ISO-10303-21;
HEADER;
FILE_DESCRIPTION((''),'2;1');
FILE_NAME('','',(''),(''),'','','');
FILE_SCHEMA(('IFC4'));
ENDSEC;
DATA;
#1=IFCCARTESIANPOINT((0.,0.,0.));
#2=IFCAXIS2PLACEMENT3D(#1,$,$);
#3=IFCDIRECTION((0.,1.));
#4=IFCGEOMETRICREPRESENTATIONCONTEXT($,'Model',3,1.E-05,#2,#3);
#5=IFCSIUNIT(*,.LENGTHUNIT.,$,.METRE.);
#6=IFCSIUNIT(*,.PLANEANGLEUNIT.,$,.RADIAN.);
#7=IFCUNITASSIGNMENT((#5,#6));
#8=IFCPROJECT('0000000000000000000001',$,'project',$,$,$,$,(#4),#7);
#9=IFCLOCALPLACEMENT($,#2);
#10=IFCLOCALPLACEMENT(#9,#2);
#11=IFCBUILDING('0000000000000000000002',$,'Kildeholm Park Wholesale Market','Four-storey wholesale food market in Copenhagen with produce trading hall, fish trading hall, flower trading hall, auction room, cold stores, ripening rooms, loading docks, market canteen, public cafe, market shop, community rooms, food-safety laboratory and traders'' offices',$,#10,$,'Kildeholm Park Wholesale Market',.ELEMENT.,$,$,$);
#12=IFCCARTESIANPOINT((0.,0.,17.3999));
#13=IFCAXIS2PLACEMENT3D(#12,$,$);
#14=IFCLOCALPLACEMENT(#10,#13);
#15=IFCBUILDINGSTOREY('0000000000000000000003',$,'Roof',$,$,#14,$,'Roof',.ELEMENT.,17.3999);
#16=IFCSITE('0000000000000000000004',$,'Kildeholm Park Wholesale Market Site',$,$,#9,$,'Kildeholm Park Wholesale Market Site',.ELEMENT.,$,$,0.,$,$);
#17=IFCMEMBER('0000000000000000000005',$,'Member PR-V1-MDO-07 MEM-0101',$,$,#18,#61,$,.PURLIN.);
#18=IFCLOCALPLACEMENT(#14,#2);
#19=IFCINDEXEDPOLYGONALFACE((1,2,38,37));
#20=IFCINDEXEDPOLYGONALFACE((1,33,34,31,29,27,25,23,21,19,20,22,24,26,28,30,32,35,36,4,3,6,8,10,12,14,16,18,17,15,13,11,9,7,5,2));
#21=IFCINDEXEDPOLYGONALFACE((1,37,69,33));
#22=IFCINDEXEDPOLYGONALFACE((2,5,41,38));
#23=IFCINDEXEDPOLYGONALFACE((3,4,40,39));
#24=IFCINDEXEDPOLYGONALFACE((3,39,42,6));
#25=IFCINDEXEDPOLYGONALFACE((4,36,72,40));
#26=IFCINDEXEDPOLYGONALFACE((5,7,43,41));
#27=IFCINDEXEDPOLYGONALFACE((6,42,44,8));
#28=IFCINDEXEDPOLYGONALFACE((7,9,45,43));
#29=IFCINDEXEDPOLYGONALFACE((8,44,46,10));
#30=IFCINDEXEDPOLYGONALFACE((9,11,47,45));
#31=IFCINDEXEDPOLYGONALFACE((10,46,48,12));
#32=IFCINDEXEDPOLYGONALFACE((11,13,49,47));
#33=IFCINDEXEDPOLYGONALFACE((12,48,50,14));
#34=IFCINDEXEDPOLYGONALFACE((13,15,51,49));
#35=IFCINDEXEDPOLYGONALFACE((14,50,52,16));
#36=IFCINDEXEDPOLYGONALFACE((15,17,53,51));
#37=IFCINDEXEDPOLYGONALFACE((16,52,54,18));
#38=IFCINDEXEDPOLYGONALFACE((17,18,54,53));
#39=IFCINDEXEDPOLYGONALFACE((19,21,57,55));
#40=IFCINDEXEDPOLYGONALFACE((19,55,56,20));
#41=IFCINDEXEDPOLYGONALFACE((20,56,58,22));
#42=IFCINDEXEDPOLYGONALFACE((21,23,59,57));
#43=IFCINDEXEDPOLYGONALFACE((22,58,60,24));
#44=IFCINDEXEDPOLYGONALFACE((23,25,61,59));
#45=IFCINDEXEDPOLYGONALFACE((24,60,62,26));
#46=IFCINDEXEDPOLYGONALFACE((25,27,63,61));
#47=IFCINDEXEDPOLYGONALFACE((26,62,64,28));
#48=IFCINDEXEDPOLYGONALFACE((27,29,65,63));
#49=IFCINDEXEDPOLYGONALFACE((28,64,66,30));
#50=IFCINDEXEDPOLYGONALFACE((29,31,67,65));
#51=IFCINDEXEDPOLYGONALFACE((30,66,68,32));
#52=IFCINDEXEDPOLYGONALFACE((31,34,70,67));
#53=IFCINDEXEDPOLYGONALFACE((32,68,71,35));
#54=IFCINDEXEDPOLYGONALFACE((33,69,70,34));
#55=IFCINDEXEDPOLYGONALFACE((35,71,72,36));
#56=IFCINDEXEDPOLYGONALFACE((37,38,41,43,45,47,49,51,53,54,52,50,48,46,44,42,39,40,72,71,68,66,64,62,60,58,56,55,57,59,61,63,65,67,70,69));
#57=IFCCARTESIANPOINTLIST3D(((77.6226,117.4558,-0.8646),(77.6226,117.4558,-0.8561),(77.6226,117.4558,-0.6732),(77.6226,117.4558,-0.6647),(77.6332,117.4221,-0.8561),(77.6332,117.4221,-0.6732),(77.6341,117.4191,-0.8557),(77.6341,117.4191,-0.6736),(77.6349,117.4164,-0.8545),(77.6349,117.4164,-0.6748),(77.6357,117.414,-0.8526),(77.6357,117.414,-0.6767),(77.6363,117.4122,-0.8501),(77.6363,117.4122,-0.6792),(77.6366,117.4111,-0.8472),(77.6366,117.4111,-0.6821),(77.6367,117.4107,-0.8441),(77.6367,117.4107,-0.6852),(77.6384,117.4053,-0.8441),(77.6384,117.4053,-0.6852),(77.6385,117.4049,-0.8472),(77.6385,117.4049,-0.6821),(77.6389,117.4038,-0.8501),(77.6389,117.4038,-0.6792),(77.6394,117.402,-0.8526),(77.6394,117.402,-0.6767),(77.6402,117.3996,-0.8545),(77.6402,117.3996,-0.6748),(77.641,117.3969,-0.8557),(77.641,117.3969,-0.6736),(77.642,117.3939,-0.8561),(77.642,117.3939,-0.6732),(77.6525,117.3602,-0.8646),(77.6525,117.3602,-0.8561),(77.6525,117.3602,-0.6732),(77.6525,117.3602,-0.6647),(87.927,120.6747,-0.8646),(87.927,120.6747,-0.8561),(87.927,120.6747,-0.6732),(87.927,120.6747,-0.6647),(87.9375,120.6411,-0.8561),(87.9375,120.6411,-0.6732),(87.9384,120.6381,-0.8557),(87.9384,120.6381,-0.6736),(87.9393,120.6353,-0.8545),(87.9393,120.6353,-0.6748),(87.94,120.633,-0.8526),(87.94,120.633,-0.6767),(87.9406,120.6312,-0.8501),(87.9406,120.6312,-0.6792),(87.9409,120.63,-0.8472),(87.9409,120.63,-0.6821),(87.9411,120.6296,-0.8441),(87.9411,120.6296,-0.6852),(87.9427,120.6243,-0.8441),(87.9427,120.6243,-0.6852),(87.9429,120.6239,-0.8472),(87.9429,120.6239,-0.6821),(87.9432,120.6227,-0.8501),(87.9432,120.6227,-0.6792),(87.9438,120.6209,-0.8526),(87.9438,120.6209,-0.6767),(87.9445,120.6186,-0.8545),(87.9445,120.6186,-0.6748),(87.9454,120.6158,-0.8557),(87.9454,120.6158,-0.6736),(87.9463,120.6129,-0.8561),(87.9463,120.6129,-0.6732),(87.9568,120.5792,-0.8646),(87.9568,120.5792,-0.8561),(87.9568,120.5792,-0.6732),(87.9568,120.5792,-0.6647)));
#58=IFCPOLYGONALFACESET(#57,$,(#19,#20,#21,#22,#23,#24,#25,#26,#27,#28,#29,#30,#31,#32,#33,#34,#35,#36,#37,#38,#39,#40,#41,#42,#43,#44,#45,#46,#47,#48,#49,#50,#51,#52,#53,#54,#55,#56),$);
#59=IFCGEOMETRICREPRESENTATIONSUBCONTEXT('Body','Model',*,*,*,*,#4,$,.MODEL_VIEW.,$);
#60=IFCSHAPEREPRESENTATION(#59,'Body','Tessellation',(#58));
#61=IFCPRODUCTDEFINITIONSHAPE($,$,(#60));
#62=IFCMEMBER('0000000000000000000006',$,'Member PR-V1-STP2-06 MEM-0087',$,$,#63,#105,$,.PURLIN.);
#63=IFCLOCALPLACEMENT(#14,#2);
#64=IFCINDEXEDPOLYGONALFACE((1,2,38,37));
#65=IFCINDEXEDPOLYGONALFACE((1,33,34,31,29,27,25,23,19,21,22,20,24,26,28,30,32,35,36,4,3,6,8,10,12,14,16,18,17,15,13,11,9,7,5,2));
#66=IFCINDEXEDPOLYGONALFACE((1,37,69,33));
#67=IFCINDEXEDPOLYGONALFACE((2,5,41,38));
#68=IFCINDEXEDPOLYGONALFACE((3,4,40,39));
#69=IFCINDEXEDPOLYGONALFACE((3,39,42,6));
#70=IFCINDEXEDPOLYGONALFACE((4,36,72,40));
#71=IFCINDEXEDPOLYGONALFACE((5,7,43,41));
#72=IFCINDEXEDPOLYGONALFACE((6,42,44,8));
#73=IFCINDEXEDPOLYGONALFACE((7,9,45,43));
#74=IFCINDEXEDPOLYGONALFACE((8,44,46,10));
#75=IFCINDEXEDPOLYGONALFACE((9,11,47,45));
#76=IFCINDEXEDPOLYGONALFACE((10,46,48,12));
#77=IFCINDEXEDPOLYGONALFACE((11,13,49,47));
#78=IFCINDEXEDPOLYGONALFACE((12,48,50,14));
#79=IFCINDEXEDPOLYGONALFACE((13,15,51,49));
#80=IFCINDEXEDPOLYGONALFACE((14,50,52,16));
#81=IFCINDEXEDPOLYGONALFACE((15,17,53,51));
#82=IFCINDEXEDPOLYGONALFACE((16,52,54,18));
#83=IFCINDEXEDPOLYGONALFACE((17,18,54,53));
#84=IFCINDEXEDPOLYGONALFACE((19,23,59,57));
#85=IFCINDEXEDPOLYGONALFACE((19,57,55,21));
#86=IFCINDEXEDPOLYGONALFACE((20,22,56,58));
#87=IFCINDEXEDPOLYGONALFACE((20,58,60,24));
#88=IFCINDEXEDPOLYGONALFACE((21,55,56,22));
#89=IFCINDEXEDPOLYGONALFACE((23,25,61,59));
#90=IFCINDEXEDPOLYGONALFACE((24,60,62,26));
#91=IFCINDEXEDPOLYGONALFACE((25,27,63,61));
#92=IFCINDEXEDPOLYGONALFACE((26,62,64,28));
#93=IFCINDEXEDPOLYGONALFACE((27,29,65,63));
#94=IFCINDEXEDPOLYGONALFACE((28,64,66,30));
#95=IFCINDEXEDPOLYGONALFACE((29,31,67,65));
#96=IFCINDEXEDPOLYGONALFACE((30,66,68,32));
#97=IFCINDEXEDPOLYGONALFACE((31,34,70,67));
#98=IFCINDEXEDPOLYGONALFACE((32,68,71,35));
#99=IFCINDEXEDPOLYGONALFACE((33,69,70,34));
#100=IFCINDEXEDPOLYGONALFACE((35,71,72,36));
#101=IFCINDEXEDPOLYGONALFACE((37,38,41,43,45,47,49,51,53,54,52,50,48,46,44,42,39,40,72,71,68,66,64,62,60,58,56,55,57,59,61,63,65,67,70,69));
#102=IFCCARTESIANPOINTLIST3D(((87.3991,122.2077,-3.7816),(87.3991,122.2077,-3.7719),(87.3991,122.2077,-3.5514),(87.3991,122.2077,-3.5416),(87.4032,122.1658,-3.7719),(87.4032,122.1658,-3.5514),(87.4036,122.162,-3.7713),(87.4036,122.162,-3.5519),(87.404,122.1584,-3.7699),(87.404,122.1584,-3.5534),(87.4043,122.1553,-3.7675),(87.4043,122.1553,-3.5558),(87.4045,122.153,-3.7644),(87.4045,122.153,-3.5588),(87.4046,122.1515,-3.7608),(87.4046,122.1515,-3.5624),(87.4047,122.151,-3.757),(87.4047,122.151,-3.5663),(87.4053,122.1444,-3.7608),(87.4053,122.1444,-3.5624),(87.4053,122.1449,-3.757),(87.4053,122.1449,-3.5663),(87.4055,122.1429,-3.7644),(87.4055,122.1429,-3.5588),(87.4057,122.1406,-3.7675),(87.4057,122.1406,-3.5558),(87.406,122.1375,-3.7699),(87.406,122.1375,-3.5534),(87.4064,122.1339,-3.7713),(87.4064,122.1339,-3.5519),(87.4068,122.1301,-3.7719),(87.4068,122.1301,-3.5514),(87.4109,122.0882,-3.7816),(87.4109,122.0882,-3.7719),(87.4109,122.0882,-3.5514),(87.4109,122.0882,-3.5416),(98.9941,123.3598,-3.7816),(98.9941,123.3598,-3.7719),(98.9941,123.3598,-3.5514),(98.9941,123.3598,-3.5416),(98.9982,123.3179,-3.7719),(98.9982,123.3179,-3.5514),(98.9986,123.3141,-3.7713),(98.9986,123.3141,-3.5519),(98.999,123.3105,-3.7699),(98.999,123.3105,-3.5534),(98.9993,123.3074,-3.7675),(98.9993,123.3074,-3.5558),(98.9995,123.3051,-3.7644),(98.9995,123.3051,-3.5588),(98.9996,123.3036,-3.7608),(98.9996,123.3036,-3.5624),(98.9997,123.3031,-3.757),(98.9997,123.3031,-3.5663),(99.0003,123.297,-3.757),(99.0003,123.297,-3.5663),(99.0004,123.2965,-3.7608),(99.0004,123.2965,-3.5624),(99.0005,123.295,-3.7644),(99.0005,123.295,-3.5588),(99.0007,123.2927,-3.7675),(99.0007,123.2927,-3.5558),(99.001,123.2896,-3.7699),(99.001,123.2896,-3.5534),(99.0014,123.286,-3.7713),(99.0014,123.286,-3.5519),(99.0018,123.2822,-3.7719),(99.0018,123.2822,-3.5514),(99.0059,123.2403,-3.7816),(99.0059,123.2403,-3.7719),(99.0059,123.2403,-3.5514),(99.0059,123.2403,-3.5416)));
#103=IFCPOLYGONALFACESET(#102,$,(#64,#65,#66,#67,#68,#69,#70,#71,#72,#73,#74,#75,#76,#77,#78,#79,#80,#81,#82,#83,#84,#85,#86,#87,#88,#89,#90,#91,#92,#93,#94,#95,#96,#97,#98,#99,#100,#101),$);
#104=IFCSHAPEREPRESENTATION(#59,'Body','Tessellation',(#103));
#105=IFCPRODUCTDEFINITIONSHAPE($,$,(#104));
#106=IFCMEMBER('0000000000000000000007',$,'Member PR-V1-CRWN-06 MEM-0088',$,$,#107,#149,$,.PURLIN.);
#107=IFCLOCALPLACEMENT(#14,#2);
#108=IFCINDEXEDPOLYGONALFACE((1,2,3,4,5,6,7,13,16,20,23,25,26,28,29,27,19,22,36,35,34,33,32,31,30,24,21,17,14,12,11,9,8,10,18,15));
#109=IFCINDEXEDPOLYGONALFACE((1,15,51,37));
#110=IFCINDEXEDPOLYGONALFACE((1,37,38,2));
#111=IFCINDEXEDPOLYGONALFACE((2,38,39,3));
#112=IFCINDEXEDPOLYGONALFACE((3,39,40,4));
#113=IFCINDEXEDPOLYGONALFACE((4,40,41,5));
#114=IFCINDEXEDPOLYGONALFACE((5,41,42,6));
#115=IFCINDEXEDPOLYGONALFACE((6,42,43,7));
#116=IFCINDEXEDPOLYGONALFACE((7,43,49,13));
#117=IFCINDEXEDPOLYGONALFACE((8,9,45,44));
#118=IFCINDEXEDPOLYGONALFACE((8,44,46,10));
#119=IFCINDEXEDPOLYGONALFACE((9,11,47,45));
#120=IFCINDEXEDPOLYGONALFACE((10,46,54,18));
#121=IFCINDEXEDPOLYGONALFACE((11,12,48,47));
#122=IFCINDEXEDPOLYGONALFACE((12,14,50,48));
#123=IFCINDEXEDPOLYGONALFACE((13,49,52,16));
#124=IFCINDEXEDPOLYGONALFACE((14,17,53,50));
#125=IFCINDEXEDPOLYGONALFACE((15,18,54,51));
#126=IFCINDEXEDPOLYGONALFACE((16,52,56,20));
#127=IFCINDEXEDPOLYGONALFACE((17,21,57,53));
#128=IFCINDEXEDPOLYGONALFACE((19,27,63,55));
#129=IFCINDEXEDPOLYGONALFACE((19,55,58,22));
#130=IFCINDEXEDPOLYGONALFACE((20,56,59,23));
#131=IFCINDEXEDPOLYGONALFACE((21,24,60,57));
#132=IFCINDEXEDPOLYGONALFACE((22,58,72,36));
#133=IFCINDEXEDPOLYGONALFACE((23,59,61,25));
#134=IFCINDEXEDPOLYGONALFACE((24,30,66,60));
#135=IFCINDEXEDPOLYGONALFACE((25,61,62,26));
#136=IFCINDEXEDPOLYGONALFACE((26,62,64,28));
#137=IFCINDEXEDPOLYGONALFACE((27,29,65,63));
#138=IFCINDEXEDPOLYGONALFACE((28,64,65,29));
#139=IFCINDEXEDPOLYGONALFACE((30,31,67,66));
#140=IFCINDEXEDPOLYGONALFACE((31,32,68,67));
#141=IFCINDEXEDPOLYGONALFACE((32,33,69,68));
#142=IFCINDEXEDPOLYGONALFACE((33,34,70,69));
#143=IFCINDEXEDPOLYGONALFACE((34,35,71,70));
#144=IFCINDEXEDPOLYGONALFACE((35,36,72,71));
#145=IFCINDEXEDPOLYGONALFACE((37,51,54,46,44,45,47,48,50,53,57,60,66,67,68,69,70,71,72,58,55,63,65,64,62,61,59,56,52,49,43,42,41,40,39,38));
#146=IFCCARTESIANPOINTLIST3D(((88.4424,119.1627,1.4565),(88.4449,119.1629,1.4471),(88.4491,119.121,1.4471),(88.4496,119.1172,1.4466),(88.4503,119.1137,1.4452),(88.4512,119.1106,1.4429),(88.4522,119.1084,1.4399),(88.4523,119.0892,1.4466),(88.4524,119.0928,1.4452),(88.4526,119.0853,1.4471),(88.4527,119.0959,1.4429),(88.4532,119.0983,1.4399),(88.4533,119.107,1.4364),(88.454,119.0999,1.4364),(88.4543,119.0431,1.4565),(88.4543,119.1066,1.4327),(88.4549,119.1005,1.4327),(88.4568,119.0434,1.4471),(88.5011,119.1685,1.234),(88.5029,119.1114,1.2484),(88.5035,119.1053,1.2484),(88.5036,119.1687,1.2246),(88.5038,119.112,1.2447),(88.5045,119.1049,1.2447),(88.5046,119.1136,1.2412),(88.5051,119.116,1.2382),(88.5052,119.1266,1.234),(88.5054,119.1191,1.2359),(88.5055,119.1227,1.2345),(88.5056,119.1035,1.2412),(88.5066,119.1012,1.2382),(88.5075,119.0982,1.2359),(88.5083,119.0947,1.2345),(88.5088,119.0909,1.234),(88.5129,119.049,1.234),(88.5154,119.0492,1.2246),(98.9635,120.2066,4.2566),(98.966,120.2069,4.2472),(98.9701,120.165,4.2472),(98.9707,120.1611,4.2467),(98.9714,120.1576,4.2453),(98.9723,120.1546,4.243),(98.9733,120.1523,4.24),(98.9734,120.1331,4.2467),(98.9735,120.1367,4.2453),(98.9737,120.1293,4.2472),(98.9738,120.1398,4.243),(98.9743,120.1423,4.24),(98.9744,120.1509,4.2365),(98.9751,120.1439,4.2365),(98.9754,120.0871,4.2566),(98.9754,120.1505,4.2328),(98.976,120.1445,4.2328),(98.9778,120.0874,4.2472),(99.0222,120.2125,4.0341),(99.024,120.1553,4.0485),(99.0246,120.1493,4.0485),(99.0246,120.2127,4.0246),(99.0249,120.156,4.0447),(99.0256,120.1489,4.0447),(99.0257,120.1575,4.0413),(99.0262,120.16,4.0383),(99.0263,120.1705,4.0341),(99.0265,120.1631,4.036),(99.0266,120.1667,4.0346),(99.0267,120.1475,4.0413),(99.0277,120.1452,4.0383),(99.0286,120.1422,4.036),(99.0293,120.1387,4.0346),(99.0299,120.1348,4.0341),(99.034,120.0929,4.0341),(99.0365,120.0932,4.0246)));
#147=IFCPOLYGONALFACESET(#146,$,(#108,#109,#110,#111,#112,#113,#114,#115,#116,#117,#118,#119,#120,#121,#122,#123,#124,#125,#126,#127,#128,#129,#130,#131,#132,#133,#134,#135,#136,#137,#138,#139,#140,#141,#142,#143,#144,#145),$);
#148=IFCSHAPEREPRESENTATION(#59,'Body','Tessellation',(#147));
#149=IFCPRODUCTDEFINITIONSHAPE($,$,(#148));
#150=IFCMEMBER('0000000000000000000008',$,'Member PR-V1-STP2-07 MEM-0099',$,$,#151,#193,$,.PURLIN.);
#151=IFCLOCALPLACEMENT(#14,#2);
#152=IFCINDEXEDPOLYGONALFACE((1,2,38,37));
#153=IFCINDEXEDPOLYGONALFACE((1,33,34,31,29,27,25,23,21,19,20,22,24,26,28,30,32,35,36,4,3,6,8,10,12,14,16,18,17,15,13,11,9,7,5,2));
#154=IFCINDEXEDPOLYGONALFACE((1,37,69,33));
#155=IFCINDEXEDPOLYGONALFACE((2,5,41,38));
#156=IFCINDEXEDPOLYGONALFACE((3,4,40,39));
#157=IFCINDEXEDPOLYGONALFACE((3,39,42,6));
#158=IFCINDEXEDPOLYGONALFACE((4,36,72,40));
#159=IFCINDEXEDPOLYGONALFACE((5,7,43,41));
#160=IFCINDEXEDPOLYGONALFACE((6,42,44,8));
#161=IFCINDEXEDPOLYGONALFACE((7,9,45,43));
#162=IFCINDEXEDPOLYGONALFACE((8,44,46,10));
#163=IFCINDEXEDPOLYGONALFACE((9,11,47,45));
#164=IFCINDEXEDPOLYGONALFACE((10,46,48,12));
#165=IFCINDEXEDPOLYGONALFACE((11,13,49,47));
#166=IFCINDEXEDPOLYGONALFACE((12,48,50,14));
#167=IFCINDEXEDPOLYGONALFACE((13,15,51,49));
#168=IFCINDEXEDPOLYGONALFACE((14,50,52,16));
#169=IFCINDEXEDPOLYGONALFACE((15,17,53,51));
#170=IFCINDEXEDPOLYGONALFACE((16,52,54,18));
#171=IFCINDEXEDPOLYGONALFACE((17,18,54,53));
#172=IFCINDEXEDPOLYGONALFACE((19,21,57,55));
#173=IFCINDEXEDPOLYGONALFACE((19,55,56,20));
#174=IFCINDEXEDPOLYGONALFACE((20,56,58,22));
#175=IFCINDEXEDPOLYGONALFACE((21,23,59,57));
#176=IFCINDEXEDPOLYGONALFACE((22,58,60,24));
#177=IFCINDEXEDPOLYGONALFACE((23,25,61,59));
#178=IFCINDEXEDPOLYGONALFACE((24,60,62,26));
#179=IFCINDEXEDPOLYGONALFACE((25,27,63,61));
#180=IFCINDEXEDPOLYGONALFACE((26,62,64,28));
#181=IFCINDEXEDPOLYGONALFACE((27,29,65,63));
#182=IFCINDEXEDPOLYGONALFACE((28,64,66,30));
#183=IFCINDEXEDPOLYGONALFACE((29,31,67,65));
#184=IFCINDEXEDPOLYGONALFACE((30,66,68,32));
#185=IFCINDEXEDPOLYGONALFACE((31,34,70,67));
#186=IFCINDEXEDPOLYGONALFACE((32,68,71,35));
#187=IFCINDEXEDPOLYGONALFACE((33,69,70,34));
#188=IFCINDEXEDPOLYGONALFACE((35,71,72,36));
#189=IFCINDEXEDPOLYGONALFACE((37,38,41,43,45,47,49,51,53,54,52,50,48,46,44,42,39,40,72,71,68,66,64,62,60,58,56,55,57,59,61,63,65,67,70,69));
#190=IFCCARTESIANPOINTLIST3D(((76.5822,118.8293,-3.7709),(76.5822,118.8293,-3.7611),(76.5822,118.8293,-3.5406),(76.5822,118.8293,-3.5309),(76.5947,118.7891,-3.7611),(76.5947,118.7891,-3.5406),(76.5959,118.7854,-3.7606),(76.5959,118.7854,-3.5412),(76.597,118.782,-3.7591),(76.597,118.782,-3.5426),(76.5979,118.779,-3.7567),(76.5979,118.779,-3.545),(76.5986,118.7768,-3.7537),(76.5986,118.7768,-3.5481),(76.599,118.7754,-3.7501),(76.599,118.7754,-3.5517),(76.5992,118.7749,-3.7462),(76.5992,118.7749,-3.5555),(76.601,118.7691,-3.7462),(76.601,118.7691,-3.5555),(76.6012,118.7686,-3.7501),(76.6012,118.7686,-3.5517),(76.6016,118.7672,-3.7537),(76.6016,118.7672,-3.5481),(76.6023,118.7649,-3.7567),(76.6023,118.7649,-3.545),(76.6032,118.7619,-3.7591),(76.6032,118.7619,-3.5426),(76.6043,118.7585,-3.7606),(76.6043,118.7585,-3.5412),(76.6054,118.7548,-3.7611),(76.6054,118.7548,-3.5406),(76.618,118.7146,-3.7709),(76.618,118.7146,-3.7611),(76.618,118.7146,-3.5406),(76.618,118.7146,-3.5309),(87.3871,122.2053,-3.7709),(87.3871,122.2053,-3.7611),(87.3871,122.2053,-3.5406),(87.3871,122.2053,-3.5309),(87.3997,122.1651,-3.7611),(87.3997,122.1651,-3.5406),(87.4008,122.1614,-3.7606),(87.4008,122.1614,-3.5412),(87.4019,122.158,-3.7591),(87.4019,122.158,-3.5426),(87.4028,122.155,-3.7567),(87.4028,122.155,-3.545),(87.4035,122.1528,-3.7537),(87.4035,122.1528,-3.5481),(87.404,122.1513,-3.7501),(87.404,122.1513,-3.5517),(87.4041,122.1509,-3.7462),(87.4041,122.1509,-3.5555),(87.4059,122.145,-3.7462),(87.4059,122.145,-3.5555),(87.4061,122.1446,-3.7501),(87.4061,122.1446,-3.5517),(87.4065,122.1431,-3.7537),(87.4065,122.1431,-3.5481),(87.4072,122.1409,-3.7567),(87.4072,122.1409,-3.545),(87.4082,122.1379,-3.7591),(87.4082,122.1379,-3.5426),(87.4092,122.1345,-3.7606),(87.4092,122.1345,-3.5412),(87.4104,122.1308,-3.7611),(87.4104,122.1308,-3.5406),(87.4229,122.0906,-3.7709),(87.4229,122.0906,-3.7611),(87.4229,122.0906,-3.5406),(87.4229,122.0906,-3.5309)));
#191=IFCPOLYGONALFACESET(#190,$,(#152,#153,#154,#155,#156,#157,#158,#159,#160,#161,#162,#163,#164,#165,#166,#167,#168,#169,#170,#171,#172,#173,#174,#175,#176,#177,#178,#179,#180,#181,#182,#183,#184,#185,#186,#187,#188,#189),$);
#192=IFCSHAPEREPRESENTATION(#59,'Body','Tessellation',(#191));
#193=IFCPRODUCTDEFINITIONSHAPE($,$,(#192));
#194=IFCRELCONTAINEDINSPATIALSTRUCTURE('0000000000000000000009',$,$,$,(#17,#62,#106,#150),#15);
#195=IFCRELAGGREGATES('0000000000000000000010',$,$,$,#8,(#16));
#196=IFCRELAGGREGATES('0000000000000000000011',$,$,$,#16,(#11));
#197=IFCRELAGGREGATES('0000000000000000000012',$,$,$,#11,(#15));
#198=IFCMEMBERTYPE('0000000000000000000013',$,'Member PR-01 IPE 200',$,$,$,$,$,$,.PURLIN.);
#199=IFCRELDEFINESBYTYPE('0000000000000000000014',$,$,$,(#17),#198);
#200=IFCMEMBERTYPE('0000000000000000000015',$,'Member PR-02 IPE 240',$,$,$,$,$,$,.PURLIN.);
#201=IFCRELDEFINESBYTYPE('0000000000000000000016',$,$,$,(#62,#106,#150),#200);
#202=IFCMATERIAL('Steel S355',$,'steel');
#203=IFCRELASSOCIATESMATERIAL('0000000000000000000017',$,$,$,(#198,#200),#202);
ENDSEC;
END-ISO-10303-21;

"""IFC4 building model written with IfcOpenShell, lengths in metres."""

from ifc_helpers import new_model, si_unit, direction, frame, origin, origin_2d, place, context, subcontext, project, spatial, i_section, extrude, material, material_profile, profile_set, type_object, element, save


model = new_model("IFC4")

# Units and contexts
model_context = context("Model", 3, precision=1e-05, world=origin(), true_north=direction((0.0, 1.0)))
body_context = subcontext(model_context, "Body", "Model", "MODEL_VIEW")
ifc_project = project(units=[si_unit("LENGTHUNIT", "METRE"), si_unit("PLANEANGLEUNIT", "RADIAN")], contexts=[model_context])

# Site, building, storey
site_placement = place(None, origin())
site = spatial("IfcSite", under=ifc_project, at=site_placement, Name="Kildeholm Park Wholesale Market Site", LongName="Kildeholm Park Wholesale Market Site", CompositionType="ELEMENT", RefElevation=0.0)
building_placement = place(site_placement, origin())
building = spatial("IfcBuilding", under=site, at=building_placement, Name="Kildeholm Park Wholesale Market", Description="Four-storey wholesale food market in Copenhagen with produce trading hall, fish trading hall, flower trading hall, auction room, cold stores, ripening rooms, loading docks, market canteen, public cafe, market shop, community rooms, food-safety laboratory and traders' offices", LongName="Kildeholm Park Wholesale Market", CompositionType="ELEMENT")
storey_placement = place(building_placement, frame((0.0, 0.0, 17.3999)))
storey = spatial("IfcBuildingStorey", under=building, at=storey_placement, Name="Roof", LongName="Roof", CompositionType="ELEMENT", Elevation=17.3999)

# Shared definitions
ifc_material_1 = material(Name="Steel S355", Category="steel")

# Members
ifc_material_profile_1 = material_profile(ifc_material_1, i_section(OverallWidth=0.1001, OverallDepth=0.2, WebThickness=0.0056, FlangeThickness=0.0085, FilletRadius=0.012, at=origin_2d()), Name="IPE 200")
ifc_profile_set_1 = profile_set([ifc_material_profile_1], Name="Steel S355")
member_type_1 = type_object("IfcMemberType", Name="Member PR-01 IPE 200", PredefinedType="PURLIN", material=ifc_profile_set_1)
member_1_placement = place(storey_placement, frame((87.9419, 120.627, -0.7646), z_axis=(-0.95451, -0.298178, 0.0), x_axis=(0.298178, -0.95451, 0.0)))
element("IfcMember", 1, at=member_1_placement, inside=storey, type_object=member_type_1, Name="Member PR-V1-MDO-07 MEM-0101", PredefinedType="PURLIN", context=body_context, shape_type="SweptSolid", body=[
    extrude(i_section(OverallWidth=0.1001, OverallDepth=0.2, WebThickness=0.0056, FlangeThickness=0.0085, FilletRadius=0.012, at=origin_2d()), origin(), (0.0, 0.0, 1.0), 10.7954),
])
ifc_material_profile_2 = material_profile(ifc_material_1, i_section(OverallWidth=0.1201, OverallDepth=0.24, WebThickness=0.0061, FlangeThickness=0.0098, FilletRadius=0.0149, at=origin_2d()), Name="IPE 240")
ifc_profile_set_2 = profile_set([ifc_material_profile_2], Name="Steel S355")
member_type_2 = type_object("IfcMemberType", Name="Member PR-02 IPE 240", PredefinedType="PURLIN", material=ifc_profile_set_2)
member_2_placement = place(storey_placement, frame((99.0, 123.3, -3.6616), z_axis=(-0.9951, -0.098875, 0.0), x_axis=(0.098875, -0.9951, 0.0)))
element("IfcMember", 2, at=member_2_placement, inside=storey, type_object=member_type_2, Name="Member PR-V1-STP2-06 MEM-0087", PredefinedType="PURLIN", context=body_context, shape_type="SweptSolid", body=[
    extrude(i_section(OverallWidth=0.1201, OverallDepth=0.24, WebThickness=0.0061, FlangeThickness=0.0098, FilletRadius=0.0149, at=origin_2d()), origin(), (0.0, 0.0, 1.0), 11.6521),
])
member_3_placement = place(storey_placement, frame((99.0, 120.1499, 4.1406), z_axis=(-0.96195, -0.095449, -0.256012), x_axis=(0.09874, -0.995113, 0.0)))
element("IfcMember", 3, at=member_3_placement, inside=storey, type_object=member_type_2, Name="Member PR-V1-CRWN-06 MEM-0088", PredefinedType="PURLIN", context=body_context, shape_type="SweptSolid", body=[
    extrude(i_section(OverallWidth=0.1201, OverallDepth=0.24, WebThickness=0.0061, FlangeThickness=0.0098, FilletRadius=0.0149, at=origin_2d()), origin(), (0.0, 0.0, 1.0), 10.9373),
])
member_4_placement = place(storey_placement, frame((87.405, 122.1479, -3.6509), z_axis=(-0.954494, -0.29823, 0.0), x_axis=(0.29823, -0.954494, 0.0)))
element("IfcMember", 4, at=member_4_placement, inside=storey, type_object=member_type_2, Name="Member PR-V1-STP2-07 MEM-0099", PredefinedType="PURLIN", context=body_context, shape_type="SweptSolid", body=[
    extrude(i_section(OverallWidth=0.1201, OverallDepth=0.24, WebThickness=0.0061, FlangeThickness=0.0098, FilletRadius=0.0149, at=origin_2d()), origin(), (0.0, 0.0, 1.0), 11.3201),
])

save(model, "model.ifc")
